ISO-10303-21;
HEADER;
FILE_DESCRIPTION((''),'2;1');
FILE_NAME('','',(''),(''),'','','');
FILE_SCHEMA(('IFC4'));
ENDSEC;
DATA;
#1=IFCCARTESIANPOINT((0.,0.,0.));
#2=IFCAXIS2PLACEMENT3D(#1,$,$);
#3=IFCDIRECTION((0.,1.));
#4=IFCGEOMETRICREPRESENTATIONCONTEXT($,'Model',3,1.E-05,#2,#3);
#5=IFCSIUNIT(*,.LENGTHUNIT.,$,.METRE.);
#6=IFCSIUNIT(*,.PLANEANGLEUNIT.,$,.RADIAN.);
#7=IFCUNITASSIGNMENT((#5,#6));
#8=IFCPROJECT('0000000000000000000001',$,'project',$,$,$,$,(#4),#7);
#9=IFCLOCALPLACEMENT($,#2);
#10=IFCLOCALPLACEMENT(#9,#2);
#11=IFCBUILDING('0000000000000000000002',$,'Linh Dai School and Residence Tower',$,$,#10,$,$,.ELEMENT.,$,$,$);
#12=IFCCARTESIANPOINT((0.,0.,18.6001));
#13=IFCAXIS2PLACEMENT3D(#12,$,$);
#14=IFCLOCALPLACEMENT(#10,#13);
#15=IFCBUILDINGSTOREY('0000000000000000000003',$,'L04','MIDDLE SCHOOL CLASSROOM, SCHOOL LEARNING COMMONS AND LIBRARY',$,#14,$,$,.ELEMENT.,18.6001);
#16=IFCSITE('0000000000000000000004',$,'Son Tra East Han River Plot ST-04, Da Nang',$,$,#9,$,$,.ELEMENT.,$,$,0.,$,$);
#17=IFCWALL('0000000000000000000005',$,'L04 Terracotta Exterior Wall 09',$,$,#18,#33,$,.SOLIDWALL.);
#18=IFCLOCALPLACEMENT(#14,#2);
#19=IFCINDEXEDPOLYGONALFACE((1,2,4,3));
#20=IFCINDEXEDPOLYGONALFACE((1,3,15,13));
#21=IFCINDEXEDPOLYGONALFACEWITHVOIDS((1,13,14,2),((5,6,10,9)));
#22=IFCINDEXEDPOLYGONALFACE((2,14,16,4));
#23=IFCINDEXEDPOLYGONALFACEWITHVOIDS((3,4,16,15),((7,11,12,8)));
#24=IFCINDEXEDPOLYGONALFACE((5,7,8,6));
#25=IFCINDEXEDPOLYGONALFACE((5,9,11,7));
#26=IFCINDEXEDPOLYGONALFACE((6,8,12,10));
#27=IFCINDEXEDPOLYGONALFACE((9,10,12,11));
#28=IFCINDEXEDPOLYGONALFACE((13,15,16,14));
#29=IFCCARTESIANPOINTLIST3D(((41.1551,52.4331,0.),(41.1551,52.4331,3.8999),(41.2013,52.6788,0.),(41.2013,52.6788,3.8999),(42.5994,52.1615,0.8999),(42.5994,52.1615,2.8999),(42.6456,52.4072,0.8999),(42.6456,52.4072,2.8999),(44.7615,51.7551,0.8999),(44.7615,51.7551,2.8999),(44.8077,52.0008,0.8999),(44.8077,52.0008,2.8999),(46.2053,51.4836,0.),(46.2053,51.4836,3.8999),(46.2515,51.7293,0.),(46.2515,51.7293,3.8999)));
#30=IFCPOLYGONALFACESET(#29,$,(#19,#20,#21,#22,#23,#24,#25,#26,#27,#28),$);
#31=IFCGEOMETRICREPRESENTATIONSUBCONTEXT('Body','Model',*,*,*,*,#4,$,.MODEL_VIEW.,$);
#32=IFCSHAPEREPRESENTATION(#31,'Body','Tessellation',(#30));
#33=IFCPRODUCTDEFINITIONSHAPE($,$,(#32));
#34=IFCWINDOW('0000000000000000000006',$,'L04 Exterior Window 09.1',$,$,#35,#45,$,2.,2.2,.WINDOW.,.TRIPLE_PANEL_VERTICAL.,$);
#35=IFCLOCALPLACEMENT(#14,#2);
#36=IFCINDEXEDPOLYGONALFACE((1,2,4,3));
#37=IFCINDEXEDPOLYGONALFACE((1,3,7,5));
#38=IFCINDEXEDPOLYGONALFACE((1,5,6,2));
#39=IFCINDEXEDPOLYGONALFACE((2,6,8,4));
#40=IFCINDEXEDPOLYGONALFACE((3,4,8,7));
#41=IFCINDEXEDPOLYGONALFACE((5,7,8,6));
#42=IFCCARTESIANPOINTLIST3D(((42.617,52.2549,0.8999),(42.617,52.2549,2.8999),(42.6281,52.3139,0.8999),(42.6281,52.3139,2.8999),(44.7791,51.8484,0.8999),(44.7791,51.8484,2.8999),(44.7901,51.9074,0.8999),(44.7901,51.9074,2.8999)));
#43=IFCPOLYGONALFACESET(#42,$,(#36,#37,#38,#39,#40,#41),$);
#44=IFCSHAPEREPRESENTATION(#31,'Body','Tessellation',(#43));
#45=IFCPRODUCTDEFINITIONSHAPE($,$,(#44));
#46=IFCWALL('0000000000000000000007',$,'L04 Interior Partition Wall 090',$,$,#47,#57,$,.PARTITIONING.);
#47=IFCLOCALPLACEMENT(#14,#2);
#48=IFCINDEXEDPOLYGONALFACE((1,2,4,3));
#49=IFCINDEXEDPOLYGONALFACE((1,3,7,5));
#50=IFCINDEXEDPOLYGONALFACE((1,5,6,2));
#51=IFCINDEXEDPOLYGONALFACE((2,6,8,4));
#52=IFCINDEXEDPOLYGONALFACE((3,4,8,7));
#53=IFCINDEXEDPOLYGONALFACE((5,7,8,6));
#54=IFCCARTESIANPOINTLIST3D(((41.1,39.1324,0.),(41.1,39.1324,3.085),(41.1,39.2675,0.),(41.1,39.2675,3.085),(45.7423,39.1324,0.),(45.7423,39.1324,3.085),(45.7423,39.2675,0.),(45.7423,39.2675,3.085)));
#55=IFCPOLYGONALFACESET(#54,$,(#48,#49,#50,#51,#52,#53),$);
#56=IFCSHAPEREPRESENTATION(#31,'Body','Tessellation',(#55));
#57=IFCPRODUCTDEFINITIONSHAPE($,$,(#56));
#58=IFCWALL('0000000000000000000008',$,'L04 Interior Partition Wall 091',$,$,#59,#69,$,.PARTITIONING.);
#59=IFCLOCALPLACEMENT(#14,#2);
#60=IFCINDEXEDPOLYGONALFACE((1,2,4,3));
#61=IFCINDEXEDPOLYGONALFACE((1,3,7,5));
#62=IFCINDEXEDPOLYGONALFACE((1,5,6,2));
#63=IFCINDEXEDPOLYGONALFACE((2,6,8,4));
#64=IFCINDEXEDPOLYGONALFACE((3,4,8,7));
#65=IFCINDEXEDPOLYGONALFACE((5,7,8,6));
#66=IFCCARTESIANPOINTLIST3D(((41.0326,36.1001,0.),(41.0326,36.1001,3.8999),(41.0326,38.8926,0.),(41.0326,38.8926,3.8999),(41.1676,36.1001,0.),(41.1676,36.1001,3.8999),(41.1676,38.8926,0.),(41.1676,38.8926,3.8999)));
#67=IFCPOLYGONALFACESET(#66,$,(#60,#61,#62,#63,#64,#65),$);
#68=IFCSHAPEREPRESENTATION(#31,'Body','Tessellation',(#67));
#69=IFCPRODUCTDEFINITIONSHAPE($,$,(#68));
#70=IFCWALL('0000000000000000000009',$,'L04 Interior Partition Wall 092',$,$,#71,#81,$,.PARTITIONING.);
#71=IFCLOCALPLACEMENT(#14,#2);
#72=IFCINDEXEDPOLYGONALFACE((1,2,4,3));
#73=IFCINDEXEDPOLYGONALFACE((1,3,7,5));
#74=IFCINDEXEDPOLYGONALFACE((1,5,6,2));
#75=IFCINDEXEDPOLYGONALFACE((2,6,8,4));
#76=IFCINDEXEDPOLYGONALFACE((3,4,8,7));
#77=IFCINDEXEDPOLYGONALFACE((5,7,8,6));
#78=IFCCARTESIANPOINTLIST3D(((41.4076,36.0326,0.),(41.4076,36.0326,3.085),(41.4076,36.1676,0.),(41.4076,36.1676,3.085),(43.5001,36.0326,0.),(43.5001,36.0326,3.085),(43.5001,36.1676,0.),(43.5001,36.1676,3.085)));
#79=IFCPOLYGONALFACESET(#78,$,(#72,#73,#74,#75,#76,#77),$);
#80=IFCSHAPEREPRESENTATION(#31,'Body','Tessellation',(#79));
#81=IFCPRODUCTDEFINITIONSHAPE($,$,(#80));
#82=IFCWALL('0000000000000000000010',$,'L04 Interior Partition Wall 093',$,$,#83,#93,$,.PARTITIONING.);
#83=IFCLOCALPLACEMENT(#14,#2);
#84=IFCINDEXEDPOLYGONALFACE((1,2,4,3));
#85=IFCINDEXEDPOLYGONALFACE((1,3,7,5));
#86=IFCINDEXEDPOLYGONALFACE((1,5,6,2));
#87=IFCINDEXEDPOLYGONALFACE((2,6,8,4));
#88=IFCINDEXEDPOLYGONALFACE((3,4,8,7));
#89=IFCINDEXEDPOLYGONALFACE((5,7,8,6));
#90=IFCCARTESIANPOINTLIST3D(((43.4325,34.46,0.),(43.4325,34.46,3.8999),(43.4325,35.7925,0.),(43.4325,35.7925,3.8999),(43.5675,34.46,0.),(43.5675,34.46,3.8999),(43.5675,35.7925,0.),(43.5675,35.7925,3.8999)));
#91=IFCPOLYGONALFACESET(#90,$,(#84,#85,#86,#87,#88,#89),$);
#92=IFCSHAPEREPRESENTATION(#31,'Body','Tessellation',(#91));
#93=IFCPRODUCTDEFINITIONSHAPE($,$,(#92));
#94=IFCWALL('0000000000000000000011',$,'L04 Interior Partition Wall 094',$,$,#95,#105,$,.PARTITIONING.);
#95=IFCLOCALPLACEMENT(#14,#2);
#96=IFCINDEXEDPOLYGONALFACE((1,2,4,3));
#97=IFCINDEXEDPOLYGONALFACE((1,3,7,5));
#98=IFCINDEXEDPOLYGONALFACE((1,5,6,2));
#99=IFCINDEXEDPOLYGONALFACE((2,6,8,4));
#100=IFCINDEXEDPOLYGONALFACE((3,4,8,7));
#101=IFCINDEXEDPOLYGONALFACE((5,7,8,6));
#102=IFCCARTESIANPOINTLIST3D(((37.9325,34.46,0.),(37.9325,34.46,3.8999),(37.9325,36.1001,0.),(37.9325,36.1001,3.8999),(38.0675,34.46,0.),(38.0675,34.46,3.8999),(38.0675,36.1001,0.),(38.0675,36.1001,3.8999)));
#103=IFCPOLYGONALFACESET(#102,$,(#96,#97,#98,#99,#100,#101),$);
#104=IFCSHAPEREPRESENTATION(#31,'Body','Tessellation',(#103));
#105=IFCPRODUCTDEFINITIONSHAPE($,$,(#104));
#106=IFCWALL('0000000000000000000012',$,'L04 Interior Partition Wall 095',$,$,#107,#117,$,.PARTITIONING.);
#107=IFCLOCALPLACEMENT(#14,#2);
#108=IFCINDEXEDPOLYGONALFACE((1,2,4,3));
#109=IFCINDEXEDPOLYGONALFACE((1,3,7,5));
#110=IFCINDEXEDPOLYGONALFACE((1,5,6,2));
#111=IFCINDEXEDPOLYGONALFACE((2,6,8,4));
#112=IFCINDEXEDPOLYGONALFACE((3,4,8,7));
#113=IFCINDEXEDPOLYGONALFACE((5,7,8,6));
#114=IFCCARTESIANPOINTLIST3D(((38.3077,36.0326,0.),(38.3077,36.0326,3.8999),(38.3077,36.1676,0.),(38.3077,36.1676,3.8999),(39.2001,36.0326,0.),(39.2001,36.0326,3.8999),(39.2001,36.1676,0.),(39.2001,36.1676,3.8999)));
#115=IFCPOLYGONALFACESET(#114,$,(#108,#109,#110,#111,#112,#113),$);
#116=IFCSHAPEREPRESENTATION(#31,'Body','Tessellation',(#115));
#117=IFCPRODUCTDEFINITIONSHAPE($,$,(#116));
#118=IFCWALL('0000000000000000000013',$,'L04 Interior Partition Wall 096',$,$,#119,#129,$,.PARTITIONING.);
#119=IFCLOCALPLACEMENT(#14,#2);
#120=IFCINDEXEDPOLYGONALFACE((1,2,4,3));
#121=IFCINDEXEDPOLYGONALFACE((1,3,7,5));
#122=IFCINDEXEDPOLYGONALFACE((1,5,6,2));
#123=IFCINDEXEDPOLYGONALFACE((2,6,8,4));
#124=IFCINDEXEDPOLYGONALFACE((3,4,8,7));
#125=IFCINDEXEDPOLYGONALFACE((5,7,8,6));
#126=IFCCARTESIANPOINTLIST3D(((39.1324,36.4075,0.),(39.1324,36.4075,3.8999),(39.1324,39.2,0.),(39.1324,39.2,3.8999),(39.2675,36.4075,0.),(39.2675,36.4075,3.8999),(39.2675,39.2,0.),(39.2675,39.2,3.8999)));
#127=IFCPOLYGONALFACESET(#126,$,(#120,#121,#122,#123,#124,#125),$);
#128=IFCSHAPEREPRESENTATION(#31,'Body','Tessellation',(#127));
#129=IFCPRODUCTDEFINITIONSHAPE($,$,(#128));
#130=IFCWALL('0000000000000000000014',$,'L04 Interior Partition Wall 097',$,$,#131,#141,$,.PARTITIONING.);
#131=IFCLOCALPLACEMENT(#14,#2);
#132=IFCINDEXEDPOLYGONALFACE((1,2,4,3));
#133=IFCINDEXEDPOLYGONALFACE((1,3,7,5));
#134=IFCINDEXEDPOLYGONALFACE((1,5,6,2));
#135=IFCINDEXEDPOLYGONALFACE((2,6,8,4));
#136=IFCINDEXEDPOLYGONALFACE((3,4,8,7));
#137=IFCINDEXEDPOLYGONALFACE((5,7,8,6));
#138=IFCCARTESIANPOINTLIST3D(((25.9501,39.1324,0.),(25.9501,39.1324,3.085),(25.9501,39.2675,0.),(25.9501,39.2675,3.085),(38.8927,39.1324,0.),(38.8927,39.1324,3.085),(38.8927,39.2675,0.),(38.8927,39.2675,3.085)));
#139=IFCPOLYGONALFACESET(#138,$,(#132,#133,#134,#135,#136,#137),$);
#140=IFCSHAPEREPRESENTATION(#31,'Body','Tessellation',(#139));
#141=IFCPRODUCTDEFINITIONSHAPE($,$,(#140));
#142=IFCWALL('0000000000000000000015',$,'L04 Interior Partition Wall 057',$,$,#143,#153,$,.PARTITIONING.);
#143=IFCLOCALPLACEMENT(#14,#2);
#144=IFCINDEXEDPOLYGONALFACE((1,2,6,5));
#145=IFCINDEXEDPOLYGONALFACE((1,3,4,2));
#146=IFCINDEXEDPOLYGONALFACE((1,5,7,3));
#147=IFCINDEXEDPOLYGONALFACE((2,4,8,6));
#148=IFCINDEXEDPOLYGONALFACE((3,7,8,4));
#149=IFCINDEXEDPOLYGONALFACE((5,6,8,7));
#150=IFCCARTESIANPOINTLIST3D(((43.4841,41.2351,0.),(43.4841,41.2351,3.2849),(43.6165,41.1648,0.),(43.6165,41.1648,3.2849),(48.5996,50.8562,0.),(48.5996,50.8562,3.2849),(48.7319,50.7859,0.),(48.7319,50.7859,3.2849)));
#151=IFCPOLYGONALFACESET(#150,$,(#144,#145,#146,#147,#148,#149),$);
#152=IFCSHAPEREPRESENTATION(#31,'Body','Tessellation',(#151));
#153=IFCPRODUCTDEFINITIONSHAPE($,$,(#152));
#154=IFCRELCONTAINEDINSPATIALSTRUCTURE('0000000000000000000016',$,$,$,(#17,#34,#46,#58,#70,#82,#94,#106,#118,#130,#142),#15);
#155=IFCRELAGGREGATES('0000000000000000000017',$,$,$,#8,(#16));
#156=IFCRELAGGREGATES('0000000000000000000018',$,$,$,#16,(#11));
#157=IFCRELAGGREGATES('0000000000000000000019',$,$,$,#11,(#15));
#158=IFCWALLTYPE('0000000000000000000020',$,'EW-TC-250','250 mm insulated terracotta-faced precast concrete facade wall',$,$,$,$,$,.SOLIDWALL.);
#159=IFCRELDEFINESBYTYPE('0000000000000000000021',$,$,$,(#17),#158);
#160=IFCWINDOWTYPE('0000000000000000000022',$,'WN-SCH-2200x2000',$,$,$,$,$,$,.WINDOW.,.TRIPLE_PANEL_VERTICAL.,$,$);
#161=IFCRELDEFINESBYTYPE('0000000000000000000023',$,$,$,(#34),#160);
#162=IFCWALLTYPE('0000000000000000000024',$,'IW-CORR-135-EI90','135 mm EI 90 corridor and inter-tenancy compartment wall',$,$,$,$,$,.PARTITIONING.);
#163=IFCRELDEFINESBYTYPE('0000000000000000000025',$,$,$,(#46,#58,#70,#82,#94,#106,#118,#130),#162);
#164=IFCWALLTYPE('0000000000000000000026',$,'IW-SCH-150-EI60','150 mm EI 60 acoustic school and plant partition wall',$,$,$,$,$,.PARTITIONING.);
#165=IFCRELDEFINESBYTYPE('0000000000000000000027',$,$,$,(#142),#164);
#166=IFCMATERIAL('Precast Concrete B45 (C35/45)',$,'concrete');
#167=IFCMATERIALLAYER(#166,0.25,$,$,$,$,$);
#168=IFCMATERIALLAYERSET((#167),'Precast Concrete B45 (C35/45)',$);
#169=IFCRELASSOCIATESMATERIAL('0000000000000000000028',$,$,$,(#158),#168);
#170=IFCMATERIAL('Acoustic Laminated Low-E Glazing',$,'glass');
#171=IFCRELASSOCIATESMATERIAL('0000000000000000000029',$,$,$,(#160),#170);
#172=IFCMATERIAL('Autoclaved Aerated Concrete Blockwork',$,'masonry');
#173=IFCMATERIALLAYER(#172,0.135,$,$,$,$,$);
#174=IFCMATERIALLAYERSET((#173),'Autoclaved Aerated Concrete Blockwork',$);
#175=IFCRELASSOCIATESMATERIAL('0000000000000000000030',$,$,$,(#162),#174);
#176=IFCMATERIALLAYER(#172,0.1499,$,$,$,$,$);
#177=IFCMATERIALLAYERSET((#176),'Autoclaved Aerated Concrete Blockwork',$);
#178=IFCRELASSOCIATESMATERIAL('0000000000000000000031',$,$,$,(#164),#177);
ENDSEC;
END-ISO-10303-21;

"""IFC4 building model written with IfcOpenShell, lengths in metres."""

from ifc_helpers import new_model, si_unit, direction, frame, frame_2d, origin, origin_2d, place, context, subcontext, project, spatial, rectangle, extrude, source, transform, mapped, material, layer, layer_set, type_object, element, fill, save


model = new_model("IFC4")

# Units and contexts
model_context = context("Model", 3, precision=1e-05, world=origin(), true_north=direction((0.0, 1.0)))
body_context = subcontext(model_context, "Body", "Model", "MODEL_VIEW")
ifc_project = project(units=[si_unit("LENGTHUNIT", "METRE"), si_unit("PLANEANGLEUNIT", "RADIAN")], contexts=[model_context])

# Site, building, storey
site_placement = place(None, origin())
site = spatial("IfcSite", under=ifc_project, at=site_placement, Name="Son Tra East Han River Plot ST-04, Da Nang", CompositionType="ELEMENT", RefElevation=0.0)
building_placement = place(site_placement, origin())
building = spatial("IfcBuilding", under=site, at=building_placement, Name="Linh Dai School and Residence Tower", CompositionType="ELEMENT")
storey_placement = place(building_placement, frame((0.0, 0.0, 18.6001)))
storey = spatial("IfcBuildingStorey", under=building, at=storey_placement, Name="L04", Description="MIDDLE SCHOOL CLASSROOM, SCHOOL LEARNING COMMONS AND LIBRARY", CompositionType="ELEMENT", Elevation=18.6001)

# Wall, opening, window
ifc_material_1 = material(Name="Precast Concrete B45 (C35/45)", Category="concrete")
ifc_layer_1 = layer(ifc_material_1, 0.25)
ifc_layer_set_1 = layer_set([ifc_layer_1], Name="Precast Concrete B45 (C35/45)")
wall_type_1 = type_object("IfcWallType", Name="EW-TC-250", Description="250 mm insulated terracotta-faced precast concrete facade wall", PredefinedType="SOLIDWALL", material=ifc_layer_set_1)
wall_1_placement = place(storey_placement, frame((41.1782, 52.5559, 0.0), z_axis=(0.0, 0.0, 1.0), x_axis=(0.982783, -0.184765, 0.0)))
wall_1 = element("IfcWall", 1, at=wall_1_placement, inside=storey, type_object=wall_type_1, Name="L04 Terracotta Exterior Wall 09", PredefinedType="SOLIDWALL", context=body_context, shape_type="SweptSolid", body=[
    extrude(rectangle(XDim=5.1387, YDim=0.25, at=frame_2d((2.5693, 0.0))), origin(), (0.0, 0.0, 1.0), 3.8999),
])
opening_placement = place(wall_1_placement, frame((1.4695, 0.0, 0.8999)))
opening = element("IfcOpeningElement", 2, at=opening_placement, cuts=wall_1, PredefinedType="OPENING", context=body_context, shape_type="SweptSolid", body=[
    extrude(rectangle(XDim=2.2, YDim=2.0, at=origin_2d()), frame((1.1001, 0.135, 1.0), z_axis=(0.0, -1.0, 0.0), x_axis=(1.0, 0.0, 0.0)), (0.0, 0.0, 1.0), 0.27),
])
ifc_material_2 = material(Name="Acoustic Laminated Low-E Glazing", Category="glass")
window_type = type_object("IfcWindowType", Name="WN-SCH-2200x2000", PartitioningType="TRIPLE_PANEL_VERTICAL", PredefinedType="WINDOW", material=ifc_material_2)
shared_shape_1 = source(origin(), body_context, "Body", "SweptSolid", [
    extrude(rectangle(XDim=2.2, YDim=2.0, at=origin_2d()), frame((1.1001, 0.03, 1.0), z_axis=(0.0, -1.0, 0.0), x_axis=(1.0, 0.0, 0.0)), (0.0, 0.0, 1.0), 0.0601),
])
window_placement = place(opening_placement, origin())
window = element("IfcWindow", 3, at=window_placement, inside=storey, type_object=window_type, Name="L04 Exterior Window 09.1", OverallHeight=2.0, OverallWidth=2.2, PartitioningType="TRIPLE_PANEL_VERTICAL", PredefinedType="WINDOW", context=body_context, shape_type="MappedRepresentation", body=[
    mapped(shared_shape_1, transform((0.0, 0.0, 0.0), x_axis=(1.0, 0.0, 0.0), y_axis=(0.0, 1.0, 0.0), z_axis=(0.0, 0.0, 1.0), scale=1.0)),
])
fill(opening, window)

# Walls
ifc_material_3 = material(Name="Autoclaved Aerated Concrete Blockwork", Category="masonry")
ifc_layer_2 = layer(ifc_material_3, 0.135)
ifc_layer_set_2 = layer_set([ifc_layer_2], Name="Autoclaved Aerated Concrete Blockwork")
wall_type_2 = type_object("IfcWallType", Name="IW-CORR-135-EI90", Description="135 mm EI 90 corridor and inter-tenancy compartment wall", PredefinedType="PARTITIONING", material=ifc_layer_set_2)
wall_2_placement = place(storey_placement, frame((45.7424, 39.2, 0.0), z_axis=(0.0, 0.0, 1.0), x_axis=(-1.0, 0.0, 0.0)))
element("IfcWall", 4, at=wall_2_placement, inside=storey, type_object=wall_type_2, Name="L04 Interior Partition Wall 090", PredefinedType="PARTITIONING", context=body_context, shape_type="SweptSolid", body=[
    extrude(rectangle(XDim=4.6423, YDim=0.135, at=frame_2d((2.3213, 0.0))), origin(), (0.0, 0.0, 1.0), 3.085),
])
wall_3_placement = place(storey_placement, frame((41.1001, 38.8926, 0.0), z_axis=(0.0, 0.0, 1.0), x_axis=(0.0, -1.0, 0.0)))
element("IfcWall", 5, at=wall_3_placement, inside=storey, type_object=wall_type_2, Name="L04 Interior Partition Wall 091", PredefinedType="PARTITIONING", context=body_context, shape_type="SweptSolid", body=[
    extrude(rectangle(XDim=2.7925, YDim=0.135, at=frame_2d((1.3962, 0.0))), origin(), (0.0, 0.0, 1.0), 3.8999),
])
wall_4_placement = place(storey_placement, frame((41.4075, 36.1001, 0.0), z_axis=(0.0, 0.0, 1.0), x_axis=(1.0, 0.0, 0.0)))
element("IfcWall", 6, at=wall_4_placement, inside=storey, type_object=wall_type_2, Name="L04 Interior Partition Wall 092", PredefinedType="PARTITIONING", context=body_context, shape_type="SweptSolid", body=[
    extrude(rectangle(XDim=2.0925, YDim=0.135, at=frame_2d((1.0464, 0.0))), origin(), (0.0, 0.0, 1.0), 3.085),
])
wall_5_placement = place(storey_placement, frame((43.5, 35.7925, 0.0), z_axis=(0.0, 0.0, 1.0), x_axis=(0.0, -1.0, 0.0)))
element("IfcWall", 7, at=wall_5_placement, inside=storey, type_object=wall_type_2, Name="L04 Interior Partition Wall 093", PredefinedType="PARTITIONING", context=body_context, shape_type="SweptSolid", body=[
    extrude(rectangle(XDim=1.3325, YDim=0.135, at=frame_2d((0.6663, 0.0))), origin(), (0.0, 0.0, 1.0), 3.8999),
])
wall_6_placement = place(storey_placement, frame((38.0, 34.46, 0.0), z_axis=(0.0, 0.0, 1.0), x_axis=(0.0, 1.0, 0.0)))
element("IfcWall", 8, at=wall_6_placement, inside=storey, type_object=wall_type_2, Name="L04 Interior Partition Wall 094", PredefinedType="PARTITIONING", context=body_context, shape_type="SweptSolid", body=[
    extrude(rectangle(XDim=1.6401, YDim=0.135, at=frame_2d((0.8201, 0.0))), origin(), (0.0, 0.0, 1.0), 3.8999),
])
wall_7_placement = place(storey_placement, frame((38.3076, 36.1001, 0.0), z_axis=(0.0, 0.0, 1.0), x_axis=(1.0, 0.0, 0.0)))
element("IfcWall", 9, at=wall_7_placement, inside=storey, type_object=wall_type_2, Name="L04 Interior Partition Wall 095", PredefinedType="PARTITIONING", context=body_context, shape_type="SweptSolid", body=[
    extrude(rectangle(XDim=0.8923, YDim=0.135, at=frame_2d((0.4463, 0.0))), origin(), (0.0, 0.0, 1.0), 3.8999),
])
wall_8_placement = place(storey_placement, frame((39.2, 36.4075, 0.0), z_axis=(0.0, 0.0, 1.0), x_axis=(0.0, 1.0, 0.0)))
element("IfcWall", 10, at=wall_8_placement, inside=storey, type_object=wall_type_2, Name="L04 Interior Partition Wall 096", PredefinedType="PARTITIONING", context=body_context, shape_type="SweptSolid", body=[
    extrude(rectangle(XDim=2.7925, YDim=0.135, at=frame_2d((1.3962, 0.0))), origin(), (0.0, 0.0, 1.0), 3.8999),
])
wall_9_placement = place(storey_placement, frame((38.8926, 39.2, 0.0), z_axis=(0.0, 0.0, 1.0), x_axis=(-1.0, 0.0, 0.0)))
element("IfcWall", 11, at=wall_9_placement, inside=storey, type_object=wall_type_2, Name="L04 Interior Partition Wall 097", PredefinedType="PARTITIONING", context=body_context, shape_type="SweptSolid", body=[
    extrude(rectangle(XDim=12.9426, YDim=0.135, at=frame_2d((6.4712, 0.0))), origin(), (0.0, 0.0, 1.0), 3.085),
])
ifc_layer_3 = layer(ifc_material_3, 0.1499)
ifc_layer_set_3 = layer_set([ifc_layer_3], Name="Autoclaved Aerated Concrete Blockwork")
wall_type_3 = type_object("IfcWallType", Name="IW-SCH-150-EI60", Description="150 mm EI 60 acoustic school and plant partition wall", PredefinedType="PARTITIONING", material=ifc_layer_set_3)
wall_10_placement = place(storey_placement, frame((43.5503, 41.2, 0.0), z_axis=(0.0, 0.0, 1.0), x_axis=(0.469461, 0.882953, 0.0)))
element("IfcWall", 12, at=wall_10_placement, inside=storey, type_object=wall_type_3, Name="L04 Interior Partition Wall 057", PredefinedType="PARTITIONING", context=body_context, shape_type="SweptSolid", body=[
    extrude(rectangle(XDim=10.8965, YDim=0.1499, at=frame_2d((5.4482, 0.0))), origin(), (0.0, 0.0, 1.0), 3.2849),
])

save(model, "model.ifc")
